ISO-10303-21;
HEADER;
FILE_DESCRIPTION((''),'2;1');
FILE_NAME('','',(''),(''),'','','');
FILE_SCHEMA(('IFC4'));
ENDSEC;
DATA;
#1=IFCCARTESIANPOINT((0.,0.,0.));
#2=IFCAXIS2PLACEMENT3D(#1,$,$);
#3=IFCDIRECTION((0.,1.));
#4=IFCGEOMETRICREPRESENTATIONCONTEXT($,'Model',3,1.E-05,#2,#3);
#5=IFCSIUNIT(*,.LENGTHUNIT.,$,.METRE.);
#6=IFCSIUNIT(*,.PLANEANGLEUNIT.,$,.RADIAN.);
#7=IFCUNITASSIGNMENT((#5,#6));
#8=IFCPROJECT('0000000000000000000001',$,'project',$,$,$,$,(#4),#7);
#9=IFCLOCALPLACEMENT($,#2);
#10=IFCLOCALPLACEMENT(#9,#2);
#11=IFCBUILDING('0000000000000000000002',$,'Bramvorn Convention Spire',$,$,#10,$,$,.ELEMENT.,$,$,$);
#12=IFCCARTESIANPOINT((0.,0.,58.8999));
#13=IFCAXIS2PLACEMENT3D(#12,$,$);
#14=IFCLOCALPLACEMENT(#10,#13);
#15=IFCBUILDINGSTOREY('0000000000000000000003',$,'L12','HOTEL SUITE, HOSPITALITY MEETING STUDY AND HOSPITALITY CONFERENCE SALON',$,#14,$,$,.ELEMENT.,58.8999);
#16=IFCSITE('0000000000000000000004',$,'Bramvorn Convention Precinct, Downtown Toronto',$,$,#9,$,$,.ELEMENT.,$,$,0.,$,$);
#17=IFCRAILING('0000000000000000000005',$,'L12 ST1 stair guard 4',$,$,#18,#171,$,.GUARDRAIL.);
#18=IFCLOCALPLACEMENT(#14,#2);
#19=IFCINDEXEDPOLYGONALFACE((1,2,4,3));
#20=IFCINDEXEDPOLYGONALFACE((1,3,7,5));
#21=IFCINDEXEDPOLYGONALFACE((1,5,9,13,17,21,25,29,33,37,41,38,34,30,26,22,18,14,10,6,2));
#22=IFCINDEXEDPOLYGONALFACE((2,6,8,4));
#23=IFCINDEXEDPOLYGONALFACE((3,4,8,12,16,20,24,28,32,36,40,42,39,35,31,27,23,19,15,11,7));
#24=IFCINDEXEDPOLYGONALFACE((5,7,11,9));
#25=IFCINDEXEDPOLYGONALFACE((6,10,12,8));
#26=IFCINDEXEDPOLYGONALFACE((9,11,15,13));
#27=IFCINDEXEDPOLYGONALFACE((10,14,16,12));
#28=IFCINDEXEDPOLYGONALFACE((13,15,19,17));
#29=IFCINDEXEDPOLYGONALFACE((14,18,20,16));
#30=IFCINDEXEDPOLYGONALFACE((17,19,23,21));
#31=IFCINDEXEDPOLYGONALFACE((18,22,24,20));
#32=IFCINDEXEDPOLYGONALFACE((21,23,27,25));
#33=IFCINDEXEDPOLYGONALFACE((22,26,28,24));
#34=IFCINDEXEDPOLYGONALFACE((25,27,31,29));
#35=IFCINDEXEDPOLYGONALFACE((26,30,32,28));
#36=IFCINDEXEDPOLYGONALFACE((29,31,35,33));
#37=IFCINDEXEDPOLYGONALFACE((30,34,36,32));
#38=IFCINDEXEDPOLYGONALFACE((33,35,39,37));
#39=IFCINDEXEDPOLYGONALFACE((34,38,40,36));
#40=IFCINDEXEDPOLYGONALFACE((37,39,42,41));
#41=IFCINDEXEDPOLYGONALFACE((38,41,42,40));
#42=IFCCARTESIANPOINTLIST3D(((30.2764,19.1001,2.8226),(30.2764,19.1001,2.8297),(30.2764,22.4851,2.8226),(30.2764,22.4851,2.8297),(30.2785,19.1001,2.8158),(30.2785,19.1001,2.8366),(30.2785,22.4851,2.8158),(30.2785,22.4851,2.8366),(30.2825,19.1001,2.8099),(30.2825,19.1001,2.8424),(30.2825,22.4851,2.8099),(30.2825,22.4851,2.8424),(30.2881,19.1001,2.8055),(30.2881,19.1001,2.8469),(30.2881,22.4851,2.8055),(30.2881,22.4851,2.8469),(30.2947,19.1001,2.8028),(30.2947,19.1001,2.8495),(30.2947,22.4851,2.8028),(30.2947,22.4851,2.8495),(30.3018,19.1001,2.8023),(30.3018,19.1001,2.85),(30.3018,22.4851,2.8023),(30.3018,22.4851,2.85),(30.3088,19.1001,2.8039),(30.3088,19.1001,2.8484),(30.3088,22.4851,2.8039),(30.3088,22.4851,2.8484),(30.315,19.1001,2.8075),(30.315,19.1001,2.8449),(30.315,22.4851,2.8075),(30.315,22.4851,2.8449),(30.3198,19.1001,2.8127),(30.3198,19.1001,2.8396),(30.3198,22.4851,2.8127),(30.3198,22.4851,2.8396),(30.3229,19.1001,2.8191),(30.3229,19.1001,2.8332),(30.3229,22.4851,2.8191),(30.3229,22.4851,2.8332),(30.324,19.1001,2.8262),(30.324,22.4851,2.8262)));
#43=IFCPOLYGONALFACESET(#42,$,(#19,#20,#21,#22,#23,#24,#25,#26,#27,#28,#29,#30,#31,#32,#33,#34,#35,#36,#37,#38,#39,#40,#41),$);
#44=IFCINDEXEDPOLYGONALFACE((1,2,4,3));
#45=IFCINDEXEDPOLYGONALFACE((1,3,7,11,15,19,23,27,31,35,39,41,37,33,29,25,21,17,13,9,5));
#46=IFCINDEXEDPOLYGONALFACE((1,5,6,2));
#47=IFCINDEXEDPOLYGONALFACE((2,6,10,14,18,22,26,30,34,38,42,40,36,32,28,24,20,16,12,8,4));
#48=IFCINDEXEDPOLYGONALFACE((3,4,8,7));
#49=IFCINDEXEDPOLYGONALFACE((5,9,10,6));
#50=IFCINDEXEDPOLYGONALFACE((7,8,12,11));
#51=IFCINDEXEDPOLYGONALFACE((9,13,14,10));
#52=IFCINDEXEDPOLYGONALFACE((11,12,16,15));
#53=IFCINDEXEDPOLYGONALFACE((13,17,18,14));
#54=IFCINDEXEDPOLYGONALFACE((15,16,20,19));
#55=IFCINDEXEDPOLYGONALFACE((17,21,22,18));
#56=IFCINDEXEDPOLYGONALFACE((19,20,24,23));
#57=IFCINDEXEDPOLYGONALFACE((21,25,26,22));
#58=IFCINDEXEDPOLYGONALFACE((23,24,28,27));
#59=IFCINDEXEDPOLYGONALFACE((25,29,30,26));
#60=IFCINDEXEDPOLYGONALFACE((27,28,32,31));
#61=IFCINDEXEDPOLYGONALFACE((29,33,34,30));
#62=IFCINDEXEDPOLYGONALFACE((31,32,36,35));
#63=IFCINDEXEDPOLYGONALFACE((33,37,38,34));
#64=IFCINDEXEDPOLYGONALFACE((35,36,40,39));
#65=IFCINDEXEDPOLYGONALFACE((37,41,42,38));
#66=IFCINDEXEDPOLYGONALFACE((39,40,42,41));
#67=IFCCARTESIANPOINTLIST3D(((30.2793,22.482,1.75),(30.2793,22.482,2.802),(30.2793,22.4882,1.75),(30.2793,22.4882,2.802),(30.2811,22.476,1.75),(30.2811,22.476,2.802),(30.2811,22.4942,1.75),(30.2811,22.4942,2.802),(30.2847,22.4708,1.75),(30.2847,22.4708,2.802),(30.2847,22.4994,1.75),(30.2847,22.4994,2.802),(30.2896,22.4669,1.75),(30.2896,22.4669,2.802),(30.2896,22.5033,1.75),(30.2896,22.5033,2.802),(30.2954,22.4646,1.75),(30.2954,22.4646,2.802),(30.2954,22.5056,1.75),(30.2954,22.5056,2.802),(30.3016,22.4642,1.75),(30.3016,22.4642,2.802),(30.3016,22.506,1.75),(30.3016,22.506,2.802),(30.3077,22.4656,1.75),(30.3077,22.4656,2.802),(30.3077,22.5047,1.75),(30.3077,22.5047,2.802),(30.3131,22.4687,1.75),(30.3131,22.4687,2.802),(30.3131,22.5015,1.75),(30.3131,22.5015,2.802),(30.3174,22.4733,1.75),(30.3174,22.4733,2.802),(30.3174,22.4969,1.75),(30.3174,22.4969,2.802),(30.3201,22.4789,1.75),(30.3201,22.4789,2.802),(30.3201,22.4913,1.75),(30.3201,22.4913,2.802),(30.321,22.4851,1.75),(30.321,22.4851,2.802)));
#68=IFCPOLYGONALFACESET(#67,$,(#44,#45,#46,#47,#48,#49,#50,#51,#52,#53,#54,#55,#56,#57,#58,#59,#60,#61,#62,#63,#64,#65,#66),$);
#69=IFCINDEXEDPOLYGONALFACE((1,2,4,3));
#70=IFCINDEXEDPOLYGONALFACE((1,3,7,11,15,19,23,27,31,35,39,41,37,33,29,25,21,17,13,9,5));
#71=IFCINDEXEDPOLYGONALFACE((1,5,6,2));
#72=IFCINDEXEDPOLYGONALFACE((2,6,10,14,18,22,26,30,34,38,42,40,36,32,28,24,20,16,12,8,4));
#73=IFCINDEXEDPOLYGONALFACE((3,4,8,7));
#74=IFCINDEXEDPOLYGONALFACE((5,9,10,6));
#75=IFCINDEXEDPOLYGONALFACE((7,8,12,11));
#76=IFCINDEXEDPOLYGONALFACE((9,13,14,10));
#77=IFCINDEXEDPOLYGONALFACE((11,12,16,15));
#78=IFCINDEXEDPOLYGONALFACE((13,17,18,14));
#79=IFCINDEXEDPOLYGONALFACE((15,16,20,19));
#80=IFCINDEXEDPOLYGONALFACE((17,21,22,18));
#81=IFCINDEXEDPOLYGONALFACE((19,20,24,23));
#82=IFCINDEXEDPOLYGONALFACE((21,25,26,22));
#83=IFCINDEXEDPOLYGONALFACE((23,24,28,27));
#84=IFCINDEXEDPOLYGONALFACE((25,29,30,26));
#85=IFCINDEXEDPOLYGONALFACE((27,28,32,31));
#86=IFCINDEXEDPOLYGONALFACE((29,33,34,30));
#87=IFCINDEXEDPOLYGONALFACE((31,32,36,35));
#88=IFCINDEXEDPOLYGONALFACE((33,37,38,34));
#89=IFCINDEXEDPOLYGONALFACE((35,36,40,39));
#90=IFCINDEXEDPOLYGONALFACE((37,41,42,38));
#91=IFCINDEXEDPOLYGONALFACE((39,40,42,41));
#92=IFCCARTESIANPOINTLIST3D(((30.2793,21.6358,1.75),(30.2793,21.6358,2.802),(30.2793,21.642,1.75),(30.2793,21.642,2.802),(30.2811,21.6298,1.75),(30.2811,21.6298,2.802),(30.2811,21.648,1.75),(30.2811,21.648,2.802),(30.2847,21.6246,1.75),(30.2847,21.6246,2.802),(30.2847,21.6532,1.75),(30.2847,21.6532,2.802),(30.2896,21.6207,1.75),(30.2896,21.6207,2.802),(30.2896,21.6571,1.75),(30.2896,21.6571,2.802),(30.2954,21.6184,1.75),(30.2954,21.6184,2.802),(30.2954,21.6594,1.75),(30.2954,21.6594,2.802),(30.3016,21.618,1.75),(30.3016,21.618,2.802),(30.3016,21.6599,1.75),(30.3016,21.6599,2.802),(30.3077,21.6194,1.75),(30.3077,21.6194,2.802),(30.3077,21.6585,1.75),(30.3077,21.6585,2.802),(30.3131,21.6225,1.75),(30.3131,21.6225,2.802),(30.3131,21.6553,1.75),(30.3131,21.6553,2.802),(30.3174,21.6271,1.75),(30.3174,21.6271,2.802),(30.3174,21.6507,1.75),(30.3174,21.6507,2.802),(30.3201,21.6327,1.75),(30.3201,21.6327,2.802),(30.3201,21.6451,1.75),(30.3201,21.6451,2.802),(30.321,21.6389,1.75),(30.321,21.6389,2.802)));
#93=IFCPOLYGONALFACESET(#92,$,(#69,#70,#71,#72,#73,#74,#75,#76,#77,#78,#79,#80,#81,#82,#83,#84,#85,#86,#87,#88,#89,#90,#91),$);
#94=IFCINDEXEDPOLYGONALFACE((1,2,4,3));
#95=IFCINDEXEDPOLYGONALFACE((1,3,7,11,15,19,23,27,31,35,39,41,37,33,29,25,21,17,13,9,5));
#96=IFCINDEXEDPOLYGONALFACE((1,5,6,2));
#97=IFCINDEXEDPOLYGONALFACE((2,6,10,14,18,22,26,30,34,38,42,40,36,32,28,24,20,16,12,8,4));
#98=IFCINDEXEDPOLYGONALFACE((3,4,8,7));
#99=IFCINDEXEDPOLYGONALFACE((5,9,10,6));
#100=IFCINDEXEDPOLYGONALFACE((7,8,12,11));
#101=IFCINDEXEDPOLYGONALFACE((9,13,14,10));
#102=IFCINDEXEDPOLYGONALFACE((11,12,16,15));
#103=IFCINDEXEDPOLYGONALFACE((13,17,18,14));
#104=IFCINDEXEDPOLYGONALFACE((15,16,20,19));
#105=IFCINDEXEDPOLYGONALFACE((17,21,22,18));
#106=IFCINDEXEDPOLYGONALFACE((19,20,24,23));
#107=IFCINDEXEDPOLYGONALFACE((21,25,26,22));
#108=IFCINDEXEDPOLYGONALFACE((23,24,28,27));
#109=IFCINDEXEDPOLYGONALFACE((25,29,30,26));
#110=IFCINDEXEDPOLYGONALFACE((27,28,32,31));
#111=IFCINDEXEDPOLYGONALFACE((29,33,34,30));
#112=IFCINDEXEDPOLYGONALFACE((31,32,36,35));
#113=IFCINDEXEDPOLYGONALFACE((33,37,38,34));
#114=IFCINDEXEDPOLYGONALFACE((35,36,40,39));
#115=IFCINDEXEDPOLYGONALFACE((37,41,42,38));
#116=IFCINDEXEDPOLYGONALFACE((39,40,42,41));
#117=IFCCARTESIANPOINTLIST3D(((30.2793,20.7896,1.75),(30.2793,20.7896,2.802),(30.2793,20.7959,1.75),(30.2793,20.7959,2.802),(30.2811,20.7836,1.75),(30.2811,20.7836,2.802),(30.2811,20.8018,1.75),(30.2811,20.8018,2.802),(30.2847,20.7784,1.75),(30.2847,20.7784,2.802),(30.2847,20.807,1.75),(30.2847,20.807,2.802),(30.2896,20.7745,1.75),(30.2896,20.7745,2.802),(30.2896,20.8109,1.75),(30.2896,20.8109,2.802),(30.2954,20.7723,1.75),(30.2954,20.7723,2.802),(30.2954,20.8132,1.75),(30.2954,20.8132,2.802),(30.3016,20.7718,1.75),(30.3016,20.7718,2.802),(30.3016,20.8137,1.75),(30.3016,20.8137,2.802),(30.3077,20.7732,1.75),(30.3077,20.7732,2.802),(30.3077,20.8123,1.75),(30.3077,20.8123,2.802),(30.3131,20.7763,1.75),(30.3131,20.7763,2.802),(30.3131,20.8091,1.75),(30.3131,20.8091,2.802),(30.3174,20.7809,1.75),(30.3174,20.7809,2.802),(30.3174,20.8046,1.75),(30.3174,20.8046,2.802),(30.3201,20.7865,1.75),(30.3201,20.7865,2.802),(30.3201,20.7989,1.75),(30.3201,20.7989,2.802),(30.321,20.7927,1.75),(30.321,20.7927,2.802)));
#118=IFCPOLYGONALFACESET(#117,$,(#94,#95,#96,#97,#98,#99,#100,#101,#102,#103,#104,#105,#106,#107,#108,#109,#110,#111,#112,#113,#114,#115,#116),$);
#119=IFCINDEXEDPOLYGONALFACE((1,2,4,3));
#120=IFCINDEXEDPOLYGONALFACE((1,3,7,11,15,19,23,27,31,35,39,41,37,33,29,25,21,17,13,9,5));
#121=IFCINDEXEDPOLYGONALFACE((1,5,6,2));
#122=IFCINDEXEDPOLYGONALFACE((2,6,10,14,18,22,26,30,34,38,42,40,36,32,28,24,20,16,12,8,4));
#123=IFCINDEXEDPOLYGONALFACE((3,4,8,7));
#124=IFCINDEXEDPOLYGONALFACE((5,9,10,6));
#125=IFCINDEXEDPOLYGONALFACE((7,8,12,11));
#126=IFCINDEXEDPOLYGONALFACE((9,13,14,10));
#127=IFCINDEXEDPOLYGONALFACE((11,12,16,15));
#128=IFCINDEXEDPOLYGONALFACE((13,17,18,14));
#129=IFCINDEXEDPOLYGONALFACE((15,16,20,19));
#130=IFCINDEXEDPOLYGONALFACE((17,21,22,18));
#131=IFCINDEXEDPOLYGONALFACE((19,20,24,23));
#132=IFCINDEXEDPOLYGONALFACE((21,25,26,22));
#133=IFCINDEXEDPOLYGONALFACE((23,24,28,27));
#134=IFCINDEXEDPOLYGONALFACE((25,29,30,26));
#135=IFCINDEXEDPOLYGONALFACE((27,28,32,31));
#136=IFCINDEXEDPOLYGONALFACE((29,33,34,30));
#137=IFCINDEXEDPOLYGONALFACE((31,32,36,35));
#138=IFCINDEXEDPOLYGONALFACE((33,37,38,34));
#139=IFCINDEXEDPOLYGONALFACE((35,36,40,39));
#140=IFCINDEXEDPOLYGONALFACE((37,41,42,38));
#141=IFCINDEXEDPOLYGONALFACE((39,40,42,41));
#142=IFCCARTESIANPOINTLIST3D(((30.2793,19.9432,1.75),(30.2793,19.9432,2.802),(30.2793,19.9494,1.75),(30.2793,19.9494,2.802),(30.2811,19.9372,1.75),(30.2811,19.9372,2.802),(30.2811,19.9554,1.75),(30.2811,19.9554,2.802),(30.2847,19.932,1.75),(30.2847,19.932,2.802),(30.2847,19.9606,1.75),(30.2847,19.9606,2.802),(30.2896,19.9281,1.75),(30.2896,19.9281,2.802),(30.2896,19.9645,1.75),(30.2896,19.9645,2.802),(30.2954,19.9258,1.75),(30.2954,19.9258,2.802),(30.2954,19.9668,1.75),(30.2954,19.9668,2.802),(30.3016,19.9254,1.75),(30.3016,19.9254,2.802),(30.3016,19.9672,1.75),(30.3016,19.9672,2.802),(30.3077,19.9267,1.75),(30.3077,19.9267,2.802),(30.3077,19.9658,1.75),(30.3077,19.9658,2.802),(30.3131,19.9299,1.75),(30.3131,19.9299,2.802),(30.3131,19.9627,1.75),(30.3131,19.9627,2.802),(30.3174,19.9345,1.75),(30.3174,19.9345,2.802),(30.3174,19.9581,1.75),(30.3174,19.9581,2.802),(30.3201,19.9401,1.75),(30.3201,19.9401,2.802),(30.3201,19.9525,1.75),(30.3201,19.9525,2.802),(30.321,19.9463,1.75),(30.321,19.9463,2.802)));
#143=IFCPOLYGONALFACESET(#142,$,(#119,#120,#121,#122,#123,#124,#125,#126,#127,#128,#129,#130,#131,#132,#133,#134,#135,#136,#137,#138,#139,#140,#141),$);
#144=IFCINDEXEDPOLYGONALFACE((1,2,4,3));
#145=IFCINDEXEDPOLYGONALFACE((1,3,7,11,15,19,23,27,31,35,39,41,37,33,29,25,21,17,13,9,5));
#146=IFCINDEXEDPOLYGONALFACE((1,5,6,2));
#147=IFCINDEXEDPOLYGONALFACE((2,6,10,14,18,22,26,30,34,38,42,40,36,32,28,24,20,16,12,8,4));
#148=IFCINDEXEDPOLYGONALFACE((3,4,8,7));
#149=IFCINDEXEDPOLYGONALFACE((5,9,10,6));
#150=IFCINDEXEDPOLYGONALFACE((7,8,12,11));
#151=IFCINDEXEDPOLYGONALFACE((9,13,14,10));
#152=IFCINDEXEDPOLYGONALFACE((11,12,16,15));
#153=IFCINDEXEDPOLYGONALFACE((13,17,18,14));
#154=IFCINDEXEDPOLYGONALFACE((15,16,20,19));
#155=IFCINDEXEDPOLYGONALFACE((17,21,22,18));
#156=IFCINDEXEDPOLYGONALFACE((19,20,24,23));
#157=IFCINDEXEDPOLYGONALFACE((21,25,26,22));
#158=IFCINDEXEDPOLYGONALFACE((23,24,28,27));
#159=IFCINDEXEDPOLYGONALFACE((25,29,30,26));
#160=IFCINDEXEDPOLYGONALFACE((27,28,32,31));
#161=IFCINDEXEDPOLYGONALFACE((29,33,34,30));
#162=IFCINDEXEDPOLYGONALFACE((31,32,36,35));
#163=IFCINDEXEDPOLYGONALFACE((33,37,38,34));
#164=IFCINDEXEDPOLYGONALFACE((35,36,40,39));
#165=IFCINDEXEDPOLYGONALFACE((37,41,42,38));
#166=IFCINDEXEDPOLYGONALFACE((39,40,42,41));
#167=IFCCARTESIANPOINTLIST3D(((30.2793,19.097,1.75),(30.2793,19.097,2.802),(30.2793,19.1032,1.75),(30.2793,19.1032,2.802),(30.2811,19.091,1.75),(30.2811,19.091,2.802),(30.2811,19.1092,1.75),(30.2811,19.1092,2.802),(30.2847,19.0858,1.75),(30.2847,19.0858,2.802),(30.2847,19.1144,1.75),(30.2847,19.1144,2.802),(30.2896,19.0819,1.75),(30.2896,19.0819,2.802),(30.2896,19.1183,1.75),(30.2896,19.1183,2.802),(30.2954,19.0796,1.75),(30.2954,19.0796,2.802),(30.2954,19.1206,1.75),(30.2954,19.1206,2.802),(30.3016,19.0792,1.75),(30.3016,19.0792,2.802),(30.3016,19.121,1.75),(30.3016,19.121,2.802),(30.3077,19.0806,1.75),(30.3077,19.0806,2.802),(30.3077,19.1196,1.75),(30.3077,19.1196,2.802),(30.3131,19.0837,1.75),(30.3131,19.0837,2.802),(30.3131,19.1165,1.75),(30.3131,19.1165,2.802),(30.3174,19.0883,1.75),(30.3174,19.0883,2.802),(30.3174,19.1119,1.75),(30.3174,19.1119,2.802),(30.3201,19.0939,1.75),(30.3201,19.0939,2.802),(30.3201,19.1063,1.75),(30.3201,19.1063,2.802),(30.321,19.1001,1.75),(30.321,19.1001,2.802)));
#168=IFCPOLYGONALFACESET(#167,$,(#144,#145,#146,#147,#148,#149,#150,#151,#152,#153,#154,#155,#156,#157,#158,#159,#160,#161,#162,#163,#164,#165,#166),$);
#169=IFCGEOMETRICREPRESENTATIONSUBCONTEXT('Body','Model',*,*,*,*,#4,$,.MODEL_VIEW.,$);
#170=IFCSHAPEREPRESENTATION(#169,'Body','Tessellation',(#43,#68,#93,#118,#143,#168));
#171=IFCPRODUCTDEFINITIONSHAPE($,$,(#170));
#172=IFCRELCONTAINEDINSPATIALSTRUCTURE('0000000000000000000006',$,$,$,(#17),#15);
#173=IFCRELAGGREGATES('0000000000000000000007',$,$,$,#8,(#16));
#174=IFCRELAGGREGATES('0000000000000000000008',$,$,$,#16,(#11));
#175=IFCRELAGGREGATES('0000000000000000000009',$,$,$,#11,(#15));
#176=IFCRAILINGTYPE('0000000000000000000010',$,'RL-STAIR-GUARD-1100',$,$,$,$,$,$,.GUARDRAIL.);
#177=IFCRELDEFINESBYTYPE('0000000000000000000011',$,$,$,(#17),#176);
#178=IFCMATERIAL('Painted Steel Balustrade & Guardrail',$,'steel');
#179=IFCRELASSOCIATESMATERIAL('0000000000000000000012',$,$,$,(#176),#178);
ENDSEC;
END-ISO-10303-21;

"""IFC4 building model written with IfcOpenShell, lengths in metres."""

from ifc_helpers import new_model, si_unit, direction, frame, origin, origin_2d, place, context, subcontext, project, spatial, circle, extrude, material, type_object, element, save


model = new_model("IFC4")

# Units and contexts
model_context = context("Model", 3, precision=1e-05, world=origin(), true_north=direction((0.0, 1.0)))
body_context = subcontext(model_context, "Body", "Model", "MODEL_VIEW")
ifc_project = project(units=[si_unit("LENGTHUNIT", "METRE"), si_unit("PLANEANGLEUNIT", "RADIAN")], contexts=[model_context])

# Site, building, storey
site_placement = place(None, origin())
site = spatial("IfcSite", under=ifc_project, at=site_placement, Name="Bramvorn Convention Precinct, Downtown Toronto", CompositionType="ELEMENT", RefElevation=0.0)
building_placement = place(site_placement, origin())
building = spatial("IfcBuilding", under=site, at=building_placement, Name="Bramvorn Convention Spire", CompositionType="ELEMENT")
storey_placement = place(building_placement, frame((0.0, 0.0, 58.8999)))
storey = spatial("IfcBuildingStorey", under=building, at=storey_placement, Name="L12", Description="HOTEL SUITE, HOSPITALITY MEETING STUDY AND HOSPITALITY CONFERENCE SALON", CompositionType="ELEMENT", Elevation=58.8999)

# Railing
ifc_material_1 = material(Name="Painted Steel Balustrade & Guardrail", Category="steel")
railing_type_1 = type_object("IfcRailingType", Name="RL-STAIR-GUARD-1100", PredefinedType="GUARDRAIL", material=ifc_material_1)
for number, where, name in (
    (1, (30.3, 22.4851, 1.75), "L12 ST1 stair guard 4"),
):
    element("IfcRailing", number, at=place(storey_placement, frame(where)), inside=storey, type_object=railing_type_1, Name=name, PredefinedType="GUARDRAIL", context=body_context, shape_type="SweptSolid", body=[
        extrude(circle(Radius=0.0239, at=origin_2d()), frame((0.0, 0.0, 1.0762), z_axis=(0.0, -1.0, 0.0), x_axis=(1.0, 0.0, 0.0)), (0.0, 0.0, 1.0), 3.385),
        extrude(circle(Radius=0.021, at=origin_2d()), origin(), (0.0, 0.0, 1.0), 1.052),
        extrude(circle(Radius=0.021, at=origin_2d()), frame((0.0, -0.8462, 0.0)), (0.0, 0.0, 1.0), 1.052),
        extrude(circle(Radius=0.021, at=origin_2d()), frame((0.0, -1.6924, 0.0)), (0.0, 0.0, 1.0), 1.052),
        extrude(circle(Radius=0.021, at=origin_2d()), frame((0.0, -2.5388, 0.0)), (0.0, 0.0, 1.0), 1.052),
        extrude(circle(Radius=0.021, at=origin_2d()), frame((0.0, -3.385, 0.0)), (0.0, 0.0, 1.0), 1.052),
    ])

save(model, "model.ifc")
